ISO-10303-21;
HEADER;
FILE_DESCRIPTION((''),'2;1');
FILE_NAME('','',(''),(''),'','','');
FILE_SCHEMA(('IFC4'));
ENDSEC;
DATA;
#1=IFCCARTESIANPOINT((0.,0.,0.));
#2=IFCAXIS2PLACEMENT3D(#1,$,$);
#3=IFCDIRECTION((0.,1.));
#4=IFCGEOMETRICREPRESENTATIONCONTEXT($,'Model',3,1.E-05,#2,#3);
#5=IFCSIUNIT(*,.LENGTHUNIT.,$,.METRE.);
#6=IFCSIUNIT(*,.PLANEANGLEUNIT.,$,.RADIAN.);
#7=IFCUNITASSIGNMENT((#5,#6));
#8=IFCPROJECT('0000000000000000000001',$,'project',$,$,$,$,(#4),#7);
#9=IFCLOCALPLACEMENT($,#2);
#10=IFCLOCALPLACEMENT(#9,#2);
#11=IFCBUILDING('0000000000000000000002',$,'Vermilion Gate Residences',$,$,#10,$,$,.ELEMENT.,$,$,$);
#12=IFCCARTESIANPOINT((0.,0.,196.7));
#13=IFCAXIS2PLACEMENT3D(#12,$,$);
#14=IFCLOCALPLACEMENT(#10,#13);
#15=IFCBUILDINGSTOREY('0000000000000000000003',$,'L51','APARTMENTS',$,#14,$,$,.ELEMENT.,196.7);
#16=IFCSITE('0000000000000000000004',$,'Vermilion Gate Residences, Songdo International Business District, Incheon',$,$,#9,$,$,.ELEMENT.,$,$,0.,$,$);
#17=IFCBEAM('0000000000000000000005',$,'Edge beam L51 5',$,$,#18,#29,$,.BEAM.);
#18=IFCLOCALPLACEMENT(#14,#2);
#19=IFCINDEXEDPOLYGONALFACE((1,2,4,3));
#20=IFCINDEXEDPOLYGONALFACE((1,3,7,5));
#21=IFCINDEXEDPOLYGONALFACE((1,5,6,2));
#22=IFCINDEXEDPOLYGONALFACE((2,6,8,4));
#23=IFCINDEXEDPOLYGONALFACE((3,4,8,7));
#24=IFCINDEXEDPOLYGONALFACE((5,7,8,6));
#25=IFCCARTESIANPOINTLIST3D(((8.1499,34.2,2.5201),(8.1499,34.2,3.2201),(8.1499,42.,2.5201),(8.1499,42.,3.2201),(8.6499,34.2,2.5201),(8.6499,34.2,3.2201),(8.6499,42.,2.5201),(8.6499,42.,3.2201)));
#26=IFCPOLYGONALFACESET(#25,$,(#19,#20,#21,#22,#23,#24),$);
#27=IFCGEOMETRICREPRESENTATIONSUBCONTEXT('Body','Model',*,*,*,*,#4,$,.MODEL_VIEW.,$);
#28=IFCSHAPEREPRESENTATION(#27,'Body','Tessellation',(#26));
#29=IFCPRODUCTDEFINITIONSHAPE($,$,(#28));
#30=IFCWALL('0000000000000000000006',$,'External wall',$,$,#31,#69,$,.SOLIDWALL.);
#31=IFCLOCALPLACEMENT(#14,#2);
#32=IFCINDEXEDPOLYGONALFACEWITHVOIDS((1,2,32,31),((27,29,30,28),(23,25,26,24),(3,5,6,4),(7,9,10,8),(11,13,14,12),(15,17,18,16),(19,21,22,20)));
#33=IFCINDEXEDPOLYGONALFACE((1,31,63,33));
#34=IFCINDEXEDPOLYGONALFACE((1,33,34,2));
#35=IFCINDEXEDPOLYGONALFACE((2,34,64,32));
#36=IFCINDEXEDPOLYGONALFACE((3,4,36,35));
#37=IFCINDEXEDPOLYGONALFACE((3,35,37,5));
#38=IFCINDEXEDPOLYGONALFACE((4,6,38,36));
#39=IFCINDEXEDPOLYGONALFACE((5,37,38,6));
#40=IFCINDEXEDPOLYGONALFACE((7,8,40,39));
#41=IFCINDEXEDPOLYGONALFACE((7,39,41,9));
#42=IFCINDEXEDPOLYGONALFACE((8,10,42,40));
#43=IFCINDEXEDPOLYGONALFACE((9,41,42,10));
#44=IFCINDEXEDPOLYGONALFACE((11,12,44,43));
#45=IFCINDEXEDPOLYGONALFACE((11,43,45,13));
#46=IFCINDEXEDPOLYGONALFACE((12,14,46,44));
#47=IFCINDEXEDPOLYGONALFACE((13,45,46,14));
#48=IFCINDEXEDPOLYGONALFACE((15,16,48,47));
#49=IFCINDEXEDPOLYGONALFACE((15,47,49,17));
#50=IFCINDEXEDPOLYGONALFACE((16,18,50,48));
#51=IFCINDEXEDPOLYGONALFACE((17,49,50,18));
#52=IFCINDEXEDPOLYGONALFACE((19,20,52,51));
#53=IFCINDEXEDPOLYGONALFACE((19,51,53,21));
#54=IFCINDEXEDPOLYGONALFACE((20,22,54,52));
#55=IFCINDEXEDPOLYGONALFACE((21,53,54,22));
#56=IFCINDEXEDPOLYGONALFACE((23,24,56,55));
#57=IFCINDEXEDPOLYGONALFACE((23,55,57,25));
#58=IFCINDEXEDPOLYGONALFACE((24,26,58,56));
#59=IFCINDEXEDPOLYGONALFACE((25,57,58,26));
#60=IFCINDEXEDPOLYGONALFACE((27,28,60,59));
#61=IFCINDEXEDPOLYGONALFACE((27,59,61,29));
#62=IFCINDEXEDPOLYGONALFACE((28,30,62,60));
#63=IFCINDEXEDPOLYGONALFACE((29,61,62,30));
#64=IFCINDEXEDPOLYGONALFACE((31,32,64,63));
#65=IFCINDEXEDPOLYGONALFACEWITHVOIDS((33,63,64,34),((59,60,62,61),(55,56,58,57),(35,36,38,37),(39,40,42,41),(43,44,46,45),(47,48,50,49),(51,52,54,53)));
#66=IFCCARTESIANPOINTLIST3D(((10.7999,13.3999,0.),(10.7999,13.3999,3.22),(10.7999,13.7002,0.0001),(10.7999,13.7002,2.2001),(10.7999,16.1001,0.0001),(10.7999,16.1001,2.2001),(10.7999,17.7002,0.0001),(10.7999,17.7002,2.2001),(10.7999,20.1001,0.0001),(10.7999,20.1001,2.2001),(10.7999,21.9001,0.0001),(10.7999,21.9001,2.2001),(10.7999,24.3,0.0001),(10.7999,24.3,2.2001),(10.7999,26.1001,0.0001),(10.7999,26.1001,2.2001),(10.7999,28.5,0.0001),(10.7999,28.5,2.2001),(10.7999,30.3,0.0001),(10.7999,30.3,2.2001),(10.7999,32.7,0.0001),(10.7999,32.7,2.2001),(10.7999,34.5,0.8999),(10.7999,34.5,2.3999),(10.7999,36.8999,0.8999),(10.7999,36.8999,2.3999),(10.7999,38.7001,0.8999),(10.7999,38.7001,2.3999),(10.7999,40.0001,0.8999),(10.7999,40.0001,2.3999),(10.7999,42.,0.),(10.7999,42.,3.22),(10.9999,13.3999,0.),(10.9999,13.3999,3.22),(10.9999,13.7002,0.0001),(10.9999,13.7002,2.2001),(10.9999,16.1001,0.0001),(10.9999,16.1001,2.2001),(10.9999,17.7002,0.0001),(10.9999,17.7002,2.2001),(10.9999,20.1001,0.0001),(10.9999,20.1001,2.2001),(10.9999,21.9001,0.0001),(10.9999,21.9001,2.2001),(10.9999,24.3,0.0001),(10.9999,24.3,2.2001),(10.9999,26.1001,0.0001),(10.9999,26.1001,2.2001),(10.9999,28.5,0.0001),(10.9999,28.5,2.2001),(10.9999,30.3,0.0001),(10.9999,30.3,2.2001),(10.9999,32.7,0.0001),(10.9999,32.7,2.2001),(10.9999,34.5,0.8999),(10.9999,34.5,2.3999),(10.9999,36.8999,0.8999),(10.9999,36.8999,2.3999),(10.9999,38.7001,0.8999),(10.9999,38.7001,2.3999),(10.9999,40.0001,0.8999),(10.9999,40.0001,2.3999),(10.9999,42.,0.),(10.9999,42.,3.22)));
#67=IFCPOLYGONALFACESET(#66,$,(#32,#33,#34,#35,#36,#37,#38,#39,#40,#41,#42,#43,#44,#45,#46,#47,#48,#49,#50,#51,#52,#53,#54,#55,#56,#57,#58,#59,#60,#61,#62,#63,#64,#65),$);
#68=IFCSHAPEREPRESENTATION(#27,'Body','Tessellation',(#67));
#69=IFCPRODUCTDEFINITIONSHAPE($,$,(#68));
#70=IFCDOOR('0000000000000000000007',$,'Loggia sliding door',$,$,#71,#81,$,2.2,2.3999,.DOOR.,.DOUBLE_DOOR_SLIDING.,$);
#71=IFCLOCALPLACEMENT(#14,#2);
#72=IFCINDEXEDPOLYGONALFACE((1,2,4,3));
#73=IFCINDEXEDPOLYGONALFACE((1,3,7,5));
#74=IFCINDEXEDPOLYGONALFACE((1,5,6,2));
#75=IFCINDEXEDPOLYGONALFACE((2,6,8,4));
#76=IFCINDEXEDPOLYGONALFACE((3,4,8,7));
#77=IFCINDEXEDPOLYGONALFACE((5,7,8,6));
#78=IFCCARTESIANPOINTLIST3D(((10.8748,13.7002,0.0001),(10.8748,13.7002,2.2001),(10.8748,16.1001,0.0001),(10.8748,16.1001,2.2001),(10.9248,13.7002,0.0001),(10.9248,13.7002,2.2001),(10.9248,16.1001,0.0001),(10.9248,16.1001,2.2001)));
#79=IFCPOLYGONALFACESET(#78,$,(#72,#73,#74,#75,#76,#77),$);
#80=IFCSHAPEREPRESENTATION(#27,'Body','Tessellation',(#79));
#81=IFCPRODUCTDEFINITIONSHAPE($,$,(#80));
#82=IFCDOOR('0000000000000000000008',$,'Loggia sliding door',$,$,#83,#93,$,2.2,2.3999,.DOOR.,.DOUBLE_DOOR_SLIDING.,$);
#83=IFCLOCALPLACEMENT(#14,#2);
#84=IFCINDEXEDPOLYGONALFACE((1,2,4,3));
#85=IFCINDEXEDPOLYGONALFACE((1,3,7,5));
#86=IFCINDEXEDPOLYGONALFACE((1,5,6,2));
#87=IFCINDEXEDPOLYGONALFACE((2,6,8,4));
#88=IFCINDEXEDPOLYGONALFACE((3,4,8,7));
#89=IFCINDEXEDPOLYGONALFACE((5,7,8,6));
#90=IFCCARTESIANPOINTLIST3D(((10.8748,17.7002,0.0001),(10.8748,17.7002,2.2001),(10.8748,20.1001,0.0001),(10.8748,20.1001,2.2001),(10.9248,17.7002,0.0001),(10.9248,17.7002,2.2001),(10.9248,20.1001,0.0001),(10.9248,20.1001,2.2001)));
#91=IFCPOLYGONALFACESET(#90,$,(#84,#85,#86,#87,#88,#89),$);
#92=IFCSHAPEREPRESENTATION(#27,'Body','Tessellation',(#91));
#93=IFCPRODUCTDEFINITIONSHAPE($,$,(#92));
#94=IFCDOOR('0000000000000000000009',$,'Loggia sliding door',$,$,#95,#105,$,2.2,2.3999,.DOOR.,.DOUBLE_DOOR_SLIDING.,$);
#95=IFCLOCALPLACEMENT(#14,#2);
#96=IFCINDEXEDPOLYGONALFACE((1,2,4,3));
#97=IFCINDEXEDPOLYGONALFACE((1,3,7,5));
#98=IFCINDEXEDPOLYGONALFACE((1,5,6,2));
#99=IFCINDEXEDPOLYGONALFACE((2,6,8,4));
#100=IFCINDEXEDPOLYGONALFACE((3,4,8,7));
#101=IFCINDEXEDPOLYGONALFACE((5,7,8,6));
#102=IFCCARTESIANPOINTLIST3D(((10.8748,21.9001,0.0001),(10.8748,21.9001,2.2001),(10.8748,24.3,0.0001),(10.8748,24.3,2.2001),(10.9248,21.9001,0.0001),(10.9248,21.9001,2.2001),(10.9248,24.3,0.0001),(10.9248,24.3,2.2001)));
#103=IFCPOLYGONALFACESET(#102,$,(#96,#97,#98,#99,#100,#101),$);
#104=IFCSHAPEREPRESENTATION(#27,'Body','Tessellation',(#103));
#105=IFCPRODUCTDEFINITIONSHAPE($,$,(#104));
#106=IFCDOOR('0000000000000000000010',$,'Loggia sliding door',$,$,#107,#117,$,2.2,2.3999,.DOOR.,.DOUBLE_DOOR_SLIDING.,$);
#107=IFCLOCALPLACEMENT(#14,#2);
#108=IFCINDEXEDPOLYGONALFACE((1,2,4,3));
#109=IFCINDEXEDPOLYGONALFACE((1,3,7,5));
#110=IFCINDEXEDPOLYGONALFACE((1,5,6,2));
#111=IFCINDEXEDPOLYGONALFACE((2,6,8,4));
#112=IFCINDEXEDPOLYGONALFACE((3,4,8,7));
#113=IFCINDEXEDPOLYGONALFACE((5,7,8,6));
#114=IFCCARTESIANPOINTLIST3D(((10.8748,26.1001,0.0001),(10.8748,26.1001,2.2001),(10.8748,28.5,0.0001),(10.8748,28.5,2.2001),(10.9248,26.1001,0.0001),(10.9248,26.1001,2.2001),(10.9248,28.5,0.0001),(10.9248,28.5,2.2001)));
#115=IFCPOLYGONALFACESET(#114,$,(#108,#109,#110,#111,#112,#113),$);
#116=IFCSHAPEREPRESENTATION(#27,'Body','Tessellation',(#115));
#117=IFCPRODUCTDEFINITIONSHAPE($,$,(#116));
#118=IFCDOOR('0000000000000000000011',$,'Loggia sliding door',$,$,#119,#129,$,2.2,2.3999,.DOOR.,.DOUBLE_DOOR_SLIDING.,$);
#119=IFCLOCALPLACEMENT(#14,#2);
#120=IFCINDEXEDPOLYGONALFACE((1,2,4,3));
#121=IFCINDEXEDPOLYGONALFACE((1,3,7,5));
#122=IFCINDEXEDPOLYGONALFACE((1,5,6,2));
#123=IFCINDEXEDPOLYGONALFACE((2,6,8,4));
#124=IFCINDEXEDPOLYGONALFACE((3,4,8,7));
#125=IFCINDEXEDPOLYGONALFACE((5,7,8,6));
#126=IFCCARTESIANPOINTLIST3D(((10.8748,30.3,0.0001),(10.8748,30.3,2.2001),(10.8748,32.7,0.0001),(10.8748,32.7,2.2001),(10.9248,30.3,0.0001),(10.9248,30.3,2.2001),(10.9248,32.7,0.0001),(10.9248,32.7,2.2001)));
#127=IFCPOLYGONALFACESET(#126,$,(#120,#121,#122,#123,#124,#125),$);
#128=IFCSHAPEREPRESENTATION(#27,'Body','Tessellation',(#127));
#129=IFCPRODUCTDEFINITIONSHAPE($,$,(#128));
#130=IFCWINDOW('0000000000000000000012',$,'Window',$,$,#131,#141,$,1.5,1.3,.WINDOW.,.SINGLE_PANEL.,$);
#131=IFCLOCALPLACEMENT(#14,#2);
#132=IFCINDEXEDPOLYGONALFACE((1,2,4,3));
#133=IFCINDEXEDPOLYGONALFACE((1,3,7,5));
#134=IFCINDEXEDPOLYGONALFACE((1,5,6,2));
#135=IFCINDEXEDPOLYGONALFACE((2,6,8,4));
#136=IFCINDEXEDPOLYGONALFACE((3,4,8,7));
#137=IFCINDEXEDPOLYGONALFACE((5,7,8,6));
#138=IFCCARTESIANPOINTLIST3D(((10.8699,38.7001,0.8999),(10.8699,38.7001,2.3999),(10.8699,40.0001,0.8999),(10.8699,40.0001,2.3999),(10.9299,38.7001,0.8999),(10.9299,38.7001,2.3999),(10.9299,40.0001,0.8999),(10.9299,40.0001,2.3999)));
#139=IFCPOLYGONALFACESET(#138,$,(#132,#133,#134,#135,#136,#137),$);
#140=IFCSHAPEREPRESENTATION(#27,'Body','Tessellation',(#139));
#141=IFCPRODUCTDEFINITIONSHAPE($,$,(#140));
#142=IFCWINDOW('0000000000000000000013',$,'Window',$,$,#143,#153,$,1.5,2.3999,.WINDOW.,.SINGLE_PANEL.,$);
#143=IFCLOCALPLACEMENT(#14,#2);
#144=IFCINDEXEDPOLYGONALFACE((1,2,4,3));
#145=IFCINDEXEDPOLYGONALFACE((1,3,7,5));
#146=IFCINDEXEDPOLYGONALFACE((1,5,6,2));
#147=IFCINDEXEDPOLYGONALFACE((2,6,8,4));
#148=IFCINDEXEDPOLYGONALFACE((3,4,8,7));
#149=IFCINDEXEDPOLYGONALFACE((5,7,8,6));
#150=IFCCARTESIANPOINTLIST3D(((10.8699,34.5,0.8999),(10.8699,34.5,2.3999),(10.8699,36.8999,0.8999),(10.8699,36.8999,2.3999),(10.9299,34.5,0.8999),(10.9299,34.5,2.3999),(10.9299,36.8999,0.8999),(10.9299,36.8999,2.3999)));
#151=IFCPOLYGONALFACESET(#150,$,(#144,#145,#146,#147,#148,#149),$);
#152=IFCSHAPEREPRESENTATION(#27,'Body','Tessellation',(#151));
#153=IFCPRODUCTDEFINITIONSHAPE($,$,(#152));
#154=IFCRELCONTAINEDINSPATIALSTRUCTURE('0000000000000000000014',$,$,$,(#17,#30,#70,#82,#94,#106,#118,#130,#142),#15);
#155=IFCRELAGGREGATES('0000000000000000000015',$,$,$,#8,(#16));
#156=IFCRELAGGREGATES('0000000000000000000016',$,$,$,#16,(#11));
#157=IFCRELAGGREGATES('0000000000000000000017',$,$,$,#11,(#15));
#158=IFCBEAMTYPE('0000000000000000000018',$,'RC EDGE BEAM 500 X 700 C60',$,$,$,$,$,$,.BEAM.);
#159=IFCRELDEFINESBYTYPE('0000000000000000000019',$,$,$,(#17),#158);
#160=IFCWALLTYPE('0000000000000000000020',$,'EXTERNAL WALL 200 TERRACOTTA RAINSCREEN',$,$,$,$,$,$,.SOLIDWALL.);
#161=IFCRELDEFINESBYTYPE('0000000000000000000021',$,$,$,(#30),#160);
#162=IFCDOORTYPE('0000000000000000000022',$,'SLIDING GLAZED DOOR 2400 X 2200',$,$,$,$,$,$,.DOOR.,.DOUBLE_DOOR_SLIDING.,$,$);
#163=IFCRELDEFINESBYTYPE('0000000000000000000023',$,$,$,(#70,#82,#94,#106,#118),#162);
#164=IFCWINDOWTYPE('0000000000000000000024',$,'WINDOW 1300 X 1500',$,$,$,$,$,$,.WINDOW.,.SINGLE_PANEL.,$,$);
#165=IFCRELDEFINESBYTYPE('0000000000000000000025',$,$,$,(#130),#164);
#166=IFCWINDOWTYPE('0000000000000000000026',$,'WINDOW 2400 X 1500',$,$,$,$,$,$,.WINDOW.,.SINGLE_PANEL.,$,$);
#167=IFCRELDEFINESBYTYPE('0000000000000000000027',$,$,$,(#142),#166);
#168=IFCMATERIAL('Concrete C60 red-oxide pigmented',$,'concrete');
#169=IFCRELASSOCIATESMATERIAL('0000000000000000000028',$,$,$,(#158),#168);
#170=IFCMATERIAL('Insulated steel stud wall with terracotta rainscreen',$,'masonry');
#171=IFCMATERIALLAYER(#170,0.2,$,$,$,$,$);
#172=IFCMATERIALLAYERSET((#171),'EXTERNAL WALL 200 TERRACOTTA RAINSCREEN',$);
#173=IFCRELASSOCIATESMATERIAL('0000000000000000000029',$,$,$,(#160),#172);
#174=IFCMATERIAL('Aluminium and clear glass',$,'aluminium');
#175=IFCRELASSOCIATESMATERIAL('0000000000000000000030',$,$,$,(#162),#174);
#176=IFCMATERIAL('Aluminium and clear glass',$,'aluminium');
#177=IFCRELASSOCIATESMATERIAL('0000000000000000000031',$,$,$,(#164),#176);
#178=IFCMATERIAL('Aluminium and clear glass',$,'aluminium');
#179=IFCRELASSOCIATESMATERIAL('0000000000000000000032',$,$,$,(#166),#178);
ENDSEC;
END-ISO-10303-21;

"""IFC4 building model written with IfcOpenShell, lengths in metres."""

from ifc_helpers import new_model, si_unit, direction, frame, frame_2d, origin, origin_2d, place, context, subcontext, project, spatial, rectangle, extrude, material, layer, layer_set, material_profile, profile_set, type_object, element, fill, save


model = new_model("IFC4")

# Units and contexts
model_context = context("Model", 3, precision=1e-05, world=origin(), true_north=direction((0.0, 1.0)))
body_context = subcontext(model_context, "Body", "Model", "MODEL_VIEW")
ifc_project = project(units=[si_unit("LENGTHUNIT", "METRE"), si_unit("PLANEANGLEUNIT", "RADIAN")], contexts=[model_context])

# Site, building, storey
site_placement = place(None, origin())
site = spatial("IfcSite", under=ifc_project, at=site_placement, Name="Vermilion Gate Residences, Songdo International Business District, Incheon", CompositionType="ELEMENT", RefElevation=0.0)
building_placement = place(site_placement, origin())
building = spatial("IfcBuilding", under=site, at=building_placement, Name="Vermilion Gate Residences", CompositionType="ELEMENT")
storey_placement = place(building_placement, frame((0.0, 0.0, 196.7)))
storey = spatial("IfcBuildingStorey", under=building, at=storey_placement, Name="L51", Description="APARTMENTS", CompositionType="ELEMENT", Elevation=196.7)

# Beam
ifc_material_1 = material(Name="Concrete C60 red-oxide pigmented", Category="concrete")
ifc_material_profile_1 = material_profile(ifc_material_1, rectangle(XDim=0.5, YDim=0.7, at=origin_2d()), Name="RC-500x700")
ifc_profile_set_1 = profile_set([ifc_material_profile_1], Name="Concrete C60 red-oxide pigmented")
beam_type = type_object("IfcBeamType", Name="RC EDGE BEAM 500 X 700 C60", PredefinedType="BEAM", material=ifc_profile_set_1)
beam_placement = place(storey_placement, frame((8.3999, 34.2, 2.8701), z_axis=(0.0, 1.0, 0.0), x_axis=(-1.0, 0.0, 0.0)))
element("IfcBeam", 1, at=beam_placement, inside=storey, type_object=beam_type, Name="Edge beam L51 5", PredefinedType="BEAM", context=body_context, shape_type="SweptSolid", body=[
    extrude(rectangle(XDim=0.5, YDim=0.7, at=origin_2d()), origin(), (0.0, 0.0, 1.0), 7.8),
])

# Wall, openings, doors, windows
ifc_material_2 = material(Name="Insulated steel stud wall with terracotta rainscreen", Category="masonry")
ifc_layer_1 = layer(ifc_material_2, 0.2)
ifc_layer_set_1 = layer_set([ifc_layer_1], Name="EXTERNAL WALL 200 TERRACOTTA RAINSCREEN")
wall_type_1 = type_object("IfcWallType", Name="EXTERNAL WALL 200 TERRACOTTA RAINSCREEN", PredefinedType="SOLIDWALL", material=ifc_layer_set_1)
wall_1_placement = place(storey_placement, frame((10.8999, 42.0, 0.0), z_axis=(0.0, 0.0, 1.0), x_axis=(0.0, -1.0, 0.0)))
wall_1 = element("IfcWall", 2, at=wall_1_placement, inside=storey, type_object=wall_type_1, Name="External wall", PredefinedType="SOLIDWALL", context=body_context, shape_type="SweptSolid", body=[
    extrude(rectangle(XDim=28.6001, YDim=0.2, at=frame_2d((14.3, 0.0))), origin(), (0.0, 0.0, 1.0), 3.22),
])
opening_1_placement = place(wall_1_placement, frame((25.8999, 0.0, 0.0)))
opening_1 = element("IfcOpeningElement", 3, at=opening_1_placement, cuts=wall_1, PredefinedType="OPENING", context=body_context, shape_type="SweptSolid", body=[
    extrude(rectangle(XDim=2.3999, YDim=2.2, at=frame_2d((1.2, 1.1001))), frame((0.0, 0.1099, 0.0), z_axis=(0.0, -1.0, 0.0), x_axis=(1.0, 0.0, 0.0)), (0.0, 0.0, 1.0), 0.22),
])
opening_2_placement = place(wall_1_placement, frame((21.8999, 0.0, 0.0)))
opening_2 = element("IfcOpeningElement", 4, at=opening_2_placement, cuts=wall_1, PredefinedType="OPENING", context=body_context, shape_type="SweptSolid", body=[
    extrude(rectangle(XDim=2.3999, YDim=2.2, at=frame_2d((1.2, 1.1001))), frame((0.0, 0.1099, 0.0), z_axis=(0.0, -1.0, 0.0), x_axis=(1.0, 0.0, 0.0)), (0.0, 0.0, 1.0), 0.22),
])
opening_3_placement = place(wall_1_placement, frame((17.7, 0.0, 0.0)))
opening_3 = element("IfcOpeningElement", 5, at=opening_3_placement, cuts=wall_1, PredefinedType="OPENING", context=body_context, shape_type="SweptSolid", body=[
    extrude(rectangle(XDim=2.3999, YDim=2.2, at=frame_2d((1.2, 1.1001))), frame((0.0, 0.1099, 0.0), z_axis=(0.0, -1.0, 0.0), x_axis=(1.0, 0.0, 0.0)), (0.0, 0.0, 1.0), 0.22),
])
opening_4_placement = place(wall_1_placement, frame((13.5, 0.0, 0.0)))
opening_4 = element("IfcOpeningElement", 6, at=opening_4_placement, cuts=wall_1, PredefinedType="OPENING", context=body_context, shape_type="SweptSolid", body=[
    extrude(rectangle(XDim=2.3999, YDim=2.2, at=frame_2d((1.2, 1.1001))), frame((0.0, 0.1099, 0.0), z_axis=(0.0, -1.0, 0.0), x_axis=(1.0, 0.0, 0.0)), (0.0, 0.0, 1.0), 0.22),
])
opening_5_placement = place(wall_1_placement, frame((9.3, 0.0, 0.0)))
opening_5 = element("IfcOpeningElement", 7, at=opening_5_placement, cuts=wall_1, PredefinedType="OPENING", context=body_context, shape_type="SweptSolid", body=[
    extrude(rectangle(XDim=2.3999, YDim=2.2, at=frame_2d((1.2, 1.1001))), frame((0.0, 0.1099, 0.0), z_axis=(0.0, -1.0, 0.0), x_axis=(1.0, 0.0, 0.0)), (0.0, 0.0, 1.0), 0.22),
])
opening_6_placement = place(wall_1_placement, frame((5.1001, 0.0, 0.8999)))
opening_6 = element("IfcOpeningElement", 8, at=opening_6_placement, cuts=wall_1, PredefinedType="OPENING", context=body_context, shape_type="SweptSolid", body=[
    extrude(rectangle(XDim=2.3999, YDim=1.5, at=frame_2d((1.2, 0.75))), frame((0.0, 0.1099, 0.0), z_axis=(0.0, -1.0, 0.0), x_axis=(1.0, 0.0, 0.0)), (0.0, 0.0, 1.0), 0.22),
])
opening_7_placement = place(wall_1_placement, frame((2.0, 0.0, 0.8999)))
opening_7 = element("IfcOpeningElement", 9, at=opening_7_placement, cuts=wall_1, PredefinedType="OPENING", context=body_context, shape_type="SweptSolid", body=[
    extrude(rectangle(XDim=1.3, YDim=1.5, at=frame_2d((0.6499, 0.75))), frame((0.0, 0.1099, 0.0), z_axis=(0.0, -1.0, 0.0), x_axis=(1.0, 0.0, 0.0)), (0.0, 0.0, 1.0), 0.22),
])
ifc_material_3 = material(Name="Aluminium and clear glass", Category="aluminium")
door_type_1 = type_object("IfcDoorType", Name="SLIDING GLAZED DOOR 2400 X 2200", OperationType="DOUBLE_DOOR_SLIDING", PredefinedType="DOOR", material=ifc_material_3)
door_1_placement = place(opening_1_placement, origin())
door_1 = element("IfcDoor", 10, at=door_1_placement, inside=storey, type_object=door_type_1, Name="Loggia sliding door", OperationType="DOUBLE_DOOR_SLIDING", OverallHeight=2.2, OverallWidth=2.3999, PredefinedType="DOOR", context=body_context, shape_type="SweptSolid", body=[
    extrude(rectangle(XDim=2.3999, YDim=2.2, at=frame_2d((1.2, 1.1001))), frame((0.0, 0.0249, 0.0), z_axis=(0.0, -1.0, 0.0), x_axis=(1.0, 0.0, 0.0)), (0.0, 0.0, 1.0), 0.05),
])
fill(opening_1, door_1)
door_2_placement = place(opening_2_placement, origin())
door_2 = element("IfcDoor", 11, at=door_2_placement, inside=storey, type_object=door_type_1, Name="Loggia sliding door", OperationType="DOUBLE_DOOR_SLIDING", OverallHeight=2.2, OverallWidth=2.3999, PredefinedType="DOOR", context=body_context, shape_type="SweptSolid", body=[
    extrude(rectangle(XDim=2.3999, YDim=2.2, at=frame_2d((1.2, 1.1001))), frame((0.0, 0.0249, 0.0), z_axis=(0.0, -1.0, 0.0), x_axis=(1.0, 0.0, 0.0)), (0.0, 0.0, 1.0), 0.05),
])
fill(opening_2, door_2)
door_3_placement = place(opening_3_placement, origin())
door_3 = element("IfcDoor", 12, at=door_3_placement, inside=storey, type_object=door_type_1, Name="Loggia sliding door", OperationType="DOUBLE_DOOR_SLIDING", OverallHeight=2.2, OverallWidth=2.3999, PredefinedType="DOOR", context=body_context, shape_type="SweptSolid", body=[
    extrude(rectangle(XDim=2.3999, YDim=2.2, at=frame_2d((1.2, 1.1001))), frame((0.0, 0.0249, 0.0), z_axis=(0.0, -1.0, 0.0), x_axis=(1.0, 0.0, 0.0)), (0.0, 0.0, 1.0), 0.05),
])
fill(opening_3, door_3)
door_4_placement = place(opening_4_placement, origin())
door_4 = element("IfcDoor", 13, at=door_4_placement, inside=storey, type_object=door_type_1, Name="Loggia sliding door", OperationType="DOUBLE_DOOR_SLIDING", OverallHeight=2.2, OverallWidth=2.3999, PredefinedType="DOOR", context=body_context, shape_type="SweptSolid", body=[
    extrude(rectangle(XDim=2.3999, YDim=2.2, at=frame_2d((1.2, 1.1001))), frame((0.0, 0.0249, 0.0), z_axis=(0.0, -1.0, 0.0), x_axis=(1.0, 0.0, 0.0)), (0.0, 0.0, 1.0), 0.05),
])
fill(opening_4, door_4)
door_5_placement = place(opening_5_placement, origin())
door_5 = element("IfcDoor", 14, at=door_5_placement, inside=storey, type_object=door_type_1, Name="Loggia sliding door", OperationType="DOUBLE_DOOR_SLIDING", OverallHeight=2.2, OverallWidth=2.3999, PredefinedType="DOOR", context=body_context, shape_type="SweptSolid", body=[
    extrude(rectangle(XDim=2.3999, YDim=2.2, at=frame_2d((1.2, 1.1001))), frame((0.0, 0.0249, 0.0), z_axis=(0.0, -1.0, 0.0), x_axis=(1.0, 0.0, 0.0)), (0.0, 0.0, 1.0), 0.05),
])
fill(opening_5, door_5)
ifc_material_4 = material(Name="Aluminium and clear glass", Category="aluminium")
window_type_1 = type_object("IfcWindowType", Name="WINDOW 1300 X 1500", PartitioningType="SINGLE_PANEL", PredefinedType="WINDOW", material=ifc_material_4)
window_1_placement = place(opening_7_placement, origin())
window_1 = element("IfcWindow", 15, at=window_1_placement, inside=storey, type_object=window_type_1, Name="Window", OverallHeight=1.5, OverallWidth=1.3, PartitioningType="SINGLE_PANEL", PredefinedType="WINDOW", context=body_context, shape_type="SweptSolid", body=[
    extrude(rectangle(XDim=1.3, YDim=1.5, at=frame_2d((0.6499, 0.75))), frame((0.0, 0.03, 0.0), z_axis=(0.0, -1.0, 0.0), x_axis=(1.0, 0.0, 0.0)), (0.0, 0.0, 1.0), 0.0601),
])
fill(opening_7, window_1)
ifc_material_5 = material(Name="Aluminium and clear glass", Category="aluminium")
window_type_2 = type_object("IfcWindowType", Name="WINDOW 2400 X 1500", PartitioningType="SINGLE_PANEL", PredefinedType="WINDOW", material=ifc_material_5)
window_2_placement = place(opening_6_placement, origin())
window_2 = element("IfcWindow", 16, at=window_2_placement, inside=storey, type_object=window_type_2, Name="Window", OverallHeight=1.5, OverallWidth=2.3999, PartitioningType="SINGLE_PANEL", PredefinedType="WINDOW", context=body_context, shape_type="SweptSolid", body=[
    extrude(rectangle(XDim=2.3999, YDim=1.5, at=frame_2d((1.2, 0.75))), frame((0.0, 0.03, 0.0), z_axis=(0.0, -1.0, 0.0), x_axis=(1.0, 0.0, 0.0)), (0.0, 0.0, 1.0), 0.0601),
])
fill(opening_6, window_2)

save(model, "model.ifc")
